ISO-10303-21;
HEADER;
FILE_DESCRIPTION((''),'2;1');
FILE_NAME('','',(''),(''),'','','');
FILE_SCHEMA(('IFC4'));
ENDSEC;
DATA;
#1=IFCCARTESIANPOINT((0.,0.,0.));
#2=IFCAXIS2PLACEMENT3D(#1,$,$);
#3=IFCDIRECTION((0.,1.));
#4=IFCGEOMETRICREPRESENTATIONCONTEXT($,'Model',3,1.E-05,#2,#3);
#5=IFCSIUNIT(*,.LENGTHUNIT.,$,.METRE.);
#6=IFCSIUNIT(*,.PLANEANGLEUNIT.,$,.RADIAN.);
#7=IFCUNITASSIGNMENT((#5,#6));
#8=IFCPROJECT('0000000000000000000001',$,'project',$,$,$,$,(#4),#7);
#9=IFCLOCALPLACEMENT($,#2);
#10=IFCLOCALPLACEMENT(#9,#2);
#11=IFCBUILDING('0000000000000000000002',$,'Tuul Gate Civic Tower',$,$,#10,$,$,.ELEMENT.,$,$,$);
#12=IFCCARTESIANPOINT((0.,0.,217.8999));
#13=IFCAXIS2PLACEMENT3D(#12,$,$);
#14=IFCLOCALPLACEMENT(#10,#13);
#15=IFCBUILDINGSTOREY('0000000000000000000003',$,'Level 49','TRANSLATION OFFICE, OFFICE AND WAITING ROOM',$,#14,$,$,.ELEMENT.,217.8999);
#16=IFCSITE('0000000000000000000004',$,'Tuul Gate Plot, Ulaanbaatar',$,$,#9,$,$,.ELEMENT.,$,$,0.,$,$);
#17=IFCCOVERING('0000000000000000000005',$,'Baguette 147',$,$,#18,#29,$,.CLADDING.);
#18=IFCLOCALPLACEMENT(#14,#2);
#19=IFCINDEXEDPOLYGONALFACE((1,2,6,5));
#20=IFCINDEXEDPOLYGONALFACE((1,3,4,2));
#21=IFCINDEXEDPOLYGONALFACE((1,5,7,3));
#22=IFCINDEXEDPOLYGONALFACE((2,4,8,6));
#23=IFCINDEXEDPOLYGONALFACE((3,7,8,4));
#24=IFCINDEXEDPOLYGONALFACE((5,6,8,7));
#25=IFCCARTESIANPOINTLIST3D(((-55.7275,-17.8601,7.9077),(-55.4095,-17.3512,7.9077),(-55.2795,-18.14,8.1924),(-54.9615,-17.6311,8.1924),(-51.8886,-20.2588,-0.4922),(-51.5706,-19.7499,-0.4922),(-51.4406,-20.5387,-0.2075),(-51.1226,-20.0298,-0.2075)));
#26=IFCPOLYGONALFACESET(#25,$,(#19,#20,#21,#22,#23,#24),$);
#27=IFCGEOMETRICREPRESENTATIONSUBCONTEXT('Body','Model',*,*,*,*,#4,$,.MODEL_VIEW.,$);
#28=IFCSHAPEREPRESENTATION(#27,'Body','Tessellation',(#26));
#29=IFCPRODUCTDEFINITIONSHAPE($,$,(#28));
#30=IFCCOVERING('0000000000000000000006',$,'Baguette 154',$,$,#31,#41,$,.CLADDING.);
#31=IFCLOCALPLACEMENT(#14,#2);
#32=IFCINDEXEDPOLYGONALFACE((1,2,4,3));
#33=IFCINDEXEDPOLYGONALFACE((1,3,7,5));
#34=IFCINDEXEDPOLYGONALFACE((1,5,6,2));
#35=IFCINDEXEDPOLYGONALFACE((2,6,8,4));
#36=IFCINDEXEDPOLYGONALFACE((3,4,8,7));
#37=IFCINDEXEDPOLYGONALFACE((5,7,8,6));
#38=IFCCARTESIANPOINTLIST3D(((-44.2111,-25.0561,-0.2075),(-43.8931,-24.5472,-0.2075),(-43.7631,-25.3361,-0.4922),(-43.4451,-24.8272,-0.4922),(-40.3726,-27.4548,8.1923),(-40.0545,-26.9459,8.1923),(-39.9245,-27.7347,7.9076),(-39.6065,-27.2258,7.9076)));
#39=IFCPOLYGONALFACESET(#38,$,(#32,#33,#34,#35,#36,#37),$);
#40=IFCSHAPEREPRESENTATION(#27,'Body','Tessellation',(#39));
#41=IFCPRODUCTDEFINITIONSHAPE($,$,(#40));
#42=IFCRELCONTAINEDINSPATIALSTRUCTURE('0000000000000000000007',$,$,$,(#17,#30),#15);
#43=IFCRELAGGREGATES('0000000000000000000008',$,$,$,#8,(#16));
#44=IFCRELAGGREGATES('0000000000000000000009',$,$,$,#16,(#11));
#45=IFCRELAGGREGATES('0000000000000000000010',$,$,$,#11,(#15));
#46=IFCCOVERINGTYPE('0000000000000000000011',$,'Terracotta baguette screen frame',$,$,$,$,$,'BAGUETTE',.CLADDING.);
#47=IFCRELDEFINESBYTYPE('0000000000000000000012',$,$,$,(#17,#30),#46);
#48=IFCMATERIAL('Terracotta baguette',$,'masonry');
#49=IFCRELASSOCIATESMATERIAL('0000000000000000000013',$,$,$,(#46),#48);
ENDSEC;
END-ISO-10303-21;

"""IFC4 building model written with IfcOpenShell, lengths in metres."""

from ifc_helpers import new_model, si_unit, direction, frame, origin, origin_2d, place, context, subcontext, project, spatial, rectangle, extrude, material, material_profile, profile_set, type_object, element, save


model = new_model("IFC4")

# Units and contexts
model_context = context("Model", 3, precision=1e-05, world=origin(), true_north=direction((0.0, 1.0)))
body_context = subcontext(model_context, "Body", "Model", "MODEL_VIEW")
ifc_project = project(units=[si_unit("LENGTHUNIT", "METRE"), si_unit("PLANEANGLEUNIT", "RADIAN")], contexts=[model_context])

# Site, building, storey
site_placement = place(None, origin())
site = spatial("IfcSite", under=ifc_project, at=site_placement, Name="Tuul Gate Plot, Ulaanbaatar", CompositionType="ELEMENT", RefElevation=0.0)
building_placement = place(site_placement, origin())
building = spatial("IfcBuilding", under=site, at=building_placement, Name="Tuul Gate Civic Tower", CompositionType="ELEMENT")
storey_placement = place(building_placement, frame((0.0, 0.0, 217.8999)))
storey = spatial("IfcBuildingStorey", under=building, at=storey_placement, Name="Level 49", Description="TRANSLATION OFFICE, OFFICE AND WAITING ROOM", CompositionType="ELEMENT", Elevation=217.8999)

# Coverings
ifc_material_1 = material(Name="Terracotta baguette", Category="masonry")
ifc_material_profile_1 = material_profile(ifc_material_1, rectangle(XDim=0.6001, YDim=0.6001, at=origin_2d()), Name="Terracotta baguette screen frame")
ifc_profile_set_1 = profile_set([ifc_material_profile_1], Name="Terracotta baguette")
covering_type = type_object("IfcCoveringType", Name="Terracotta baguette screen frame", ElementType="BAGUETTE", PredefinedType="CLADDING", material=ifc_profile_set_1)
covering_1_placement = place(storey_placement, frame((-55.3445, -17.7456, 8.05), z_axis=(0.402314, -0.251383, -0.880312), x_axis=(0.529902, 0.848059, 0.0)))
element("IfcCovering", 1, at=covering_1_placement, inside=storey, type_object=covering_type, Name="Baguette 147", PredefinedType="CLADDING", context=body_context, shape_type="SweptSolid", body=[
    extrude(rectangle(XDim=0.6001, YDim=0.6001, at=origin_2d()), origin(), (0.0, 0.0, 1.0), 9.542),
])
covering_2_placement = place(storey_placement, frame((-43.8281, -24.9417, -0.3499), z_axis=(0.402293, -0.251385, 0.880321), x_axis=(0.529926, 0.848044, 0.0)))
element("IfcCovering", 2, at=covering_2_placement, inside=storey, type_object=covering_type, Name="Baguette 154", PredefinedType="CLADDING", context=body_context, shape_type="SweptSolid", body=[
    extrude(rectangle(XDim=0.6001, YDim=0.6001, at=origin_2d()), origin(), (0.0, 0.0, 1.0), 9.5417),
])

save(model, "model.ifc")
